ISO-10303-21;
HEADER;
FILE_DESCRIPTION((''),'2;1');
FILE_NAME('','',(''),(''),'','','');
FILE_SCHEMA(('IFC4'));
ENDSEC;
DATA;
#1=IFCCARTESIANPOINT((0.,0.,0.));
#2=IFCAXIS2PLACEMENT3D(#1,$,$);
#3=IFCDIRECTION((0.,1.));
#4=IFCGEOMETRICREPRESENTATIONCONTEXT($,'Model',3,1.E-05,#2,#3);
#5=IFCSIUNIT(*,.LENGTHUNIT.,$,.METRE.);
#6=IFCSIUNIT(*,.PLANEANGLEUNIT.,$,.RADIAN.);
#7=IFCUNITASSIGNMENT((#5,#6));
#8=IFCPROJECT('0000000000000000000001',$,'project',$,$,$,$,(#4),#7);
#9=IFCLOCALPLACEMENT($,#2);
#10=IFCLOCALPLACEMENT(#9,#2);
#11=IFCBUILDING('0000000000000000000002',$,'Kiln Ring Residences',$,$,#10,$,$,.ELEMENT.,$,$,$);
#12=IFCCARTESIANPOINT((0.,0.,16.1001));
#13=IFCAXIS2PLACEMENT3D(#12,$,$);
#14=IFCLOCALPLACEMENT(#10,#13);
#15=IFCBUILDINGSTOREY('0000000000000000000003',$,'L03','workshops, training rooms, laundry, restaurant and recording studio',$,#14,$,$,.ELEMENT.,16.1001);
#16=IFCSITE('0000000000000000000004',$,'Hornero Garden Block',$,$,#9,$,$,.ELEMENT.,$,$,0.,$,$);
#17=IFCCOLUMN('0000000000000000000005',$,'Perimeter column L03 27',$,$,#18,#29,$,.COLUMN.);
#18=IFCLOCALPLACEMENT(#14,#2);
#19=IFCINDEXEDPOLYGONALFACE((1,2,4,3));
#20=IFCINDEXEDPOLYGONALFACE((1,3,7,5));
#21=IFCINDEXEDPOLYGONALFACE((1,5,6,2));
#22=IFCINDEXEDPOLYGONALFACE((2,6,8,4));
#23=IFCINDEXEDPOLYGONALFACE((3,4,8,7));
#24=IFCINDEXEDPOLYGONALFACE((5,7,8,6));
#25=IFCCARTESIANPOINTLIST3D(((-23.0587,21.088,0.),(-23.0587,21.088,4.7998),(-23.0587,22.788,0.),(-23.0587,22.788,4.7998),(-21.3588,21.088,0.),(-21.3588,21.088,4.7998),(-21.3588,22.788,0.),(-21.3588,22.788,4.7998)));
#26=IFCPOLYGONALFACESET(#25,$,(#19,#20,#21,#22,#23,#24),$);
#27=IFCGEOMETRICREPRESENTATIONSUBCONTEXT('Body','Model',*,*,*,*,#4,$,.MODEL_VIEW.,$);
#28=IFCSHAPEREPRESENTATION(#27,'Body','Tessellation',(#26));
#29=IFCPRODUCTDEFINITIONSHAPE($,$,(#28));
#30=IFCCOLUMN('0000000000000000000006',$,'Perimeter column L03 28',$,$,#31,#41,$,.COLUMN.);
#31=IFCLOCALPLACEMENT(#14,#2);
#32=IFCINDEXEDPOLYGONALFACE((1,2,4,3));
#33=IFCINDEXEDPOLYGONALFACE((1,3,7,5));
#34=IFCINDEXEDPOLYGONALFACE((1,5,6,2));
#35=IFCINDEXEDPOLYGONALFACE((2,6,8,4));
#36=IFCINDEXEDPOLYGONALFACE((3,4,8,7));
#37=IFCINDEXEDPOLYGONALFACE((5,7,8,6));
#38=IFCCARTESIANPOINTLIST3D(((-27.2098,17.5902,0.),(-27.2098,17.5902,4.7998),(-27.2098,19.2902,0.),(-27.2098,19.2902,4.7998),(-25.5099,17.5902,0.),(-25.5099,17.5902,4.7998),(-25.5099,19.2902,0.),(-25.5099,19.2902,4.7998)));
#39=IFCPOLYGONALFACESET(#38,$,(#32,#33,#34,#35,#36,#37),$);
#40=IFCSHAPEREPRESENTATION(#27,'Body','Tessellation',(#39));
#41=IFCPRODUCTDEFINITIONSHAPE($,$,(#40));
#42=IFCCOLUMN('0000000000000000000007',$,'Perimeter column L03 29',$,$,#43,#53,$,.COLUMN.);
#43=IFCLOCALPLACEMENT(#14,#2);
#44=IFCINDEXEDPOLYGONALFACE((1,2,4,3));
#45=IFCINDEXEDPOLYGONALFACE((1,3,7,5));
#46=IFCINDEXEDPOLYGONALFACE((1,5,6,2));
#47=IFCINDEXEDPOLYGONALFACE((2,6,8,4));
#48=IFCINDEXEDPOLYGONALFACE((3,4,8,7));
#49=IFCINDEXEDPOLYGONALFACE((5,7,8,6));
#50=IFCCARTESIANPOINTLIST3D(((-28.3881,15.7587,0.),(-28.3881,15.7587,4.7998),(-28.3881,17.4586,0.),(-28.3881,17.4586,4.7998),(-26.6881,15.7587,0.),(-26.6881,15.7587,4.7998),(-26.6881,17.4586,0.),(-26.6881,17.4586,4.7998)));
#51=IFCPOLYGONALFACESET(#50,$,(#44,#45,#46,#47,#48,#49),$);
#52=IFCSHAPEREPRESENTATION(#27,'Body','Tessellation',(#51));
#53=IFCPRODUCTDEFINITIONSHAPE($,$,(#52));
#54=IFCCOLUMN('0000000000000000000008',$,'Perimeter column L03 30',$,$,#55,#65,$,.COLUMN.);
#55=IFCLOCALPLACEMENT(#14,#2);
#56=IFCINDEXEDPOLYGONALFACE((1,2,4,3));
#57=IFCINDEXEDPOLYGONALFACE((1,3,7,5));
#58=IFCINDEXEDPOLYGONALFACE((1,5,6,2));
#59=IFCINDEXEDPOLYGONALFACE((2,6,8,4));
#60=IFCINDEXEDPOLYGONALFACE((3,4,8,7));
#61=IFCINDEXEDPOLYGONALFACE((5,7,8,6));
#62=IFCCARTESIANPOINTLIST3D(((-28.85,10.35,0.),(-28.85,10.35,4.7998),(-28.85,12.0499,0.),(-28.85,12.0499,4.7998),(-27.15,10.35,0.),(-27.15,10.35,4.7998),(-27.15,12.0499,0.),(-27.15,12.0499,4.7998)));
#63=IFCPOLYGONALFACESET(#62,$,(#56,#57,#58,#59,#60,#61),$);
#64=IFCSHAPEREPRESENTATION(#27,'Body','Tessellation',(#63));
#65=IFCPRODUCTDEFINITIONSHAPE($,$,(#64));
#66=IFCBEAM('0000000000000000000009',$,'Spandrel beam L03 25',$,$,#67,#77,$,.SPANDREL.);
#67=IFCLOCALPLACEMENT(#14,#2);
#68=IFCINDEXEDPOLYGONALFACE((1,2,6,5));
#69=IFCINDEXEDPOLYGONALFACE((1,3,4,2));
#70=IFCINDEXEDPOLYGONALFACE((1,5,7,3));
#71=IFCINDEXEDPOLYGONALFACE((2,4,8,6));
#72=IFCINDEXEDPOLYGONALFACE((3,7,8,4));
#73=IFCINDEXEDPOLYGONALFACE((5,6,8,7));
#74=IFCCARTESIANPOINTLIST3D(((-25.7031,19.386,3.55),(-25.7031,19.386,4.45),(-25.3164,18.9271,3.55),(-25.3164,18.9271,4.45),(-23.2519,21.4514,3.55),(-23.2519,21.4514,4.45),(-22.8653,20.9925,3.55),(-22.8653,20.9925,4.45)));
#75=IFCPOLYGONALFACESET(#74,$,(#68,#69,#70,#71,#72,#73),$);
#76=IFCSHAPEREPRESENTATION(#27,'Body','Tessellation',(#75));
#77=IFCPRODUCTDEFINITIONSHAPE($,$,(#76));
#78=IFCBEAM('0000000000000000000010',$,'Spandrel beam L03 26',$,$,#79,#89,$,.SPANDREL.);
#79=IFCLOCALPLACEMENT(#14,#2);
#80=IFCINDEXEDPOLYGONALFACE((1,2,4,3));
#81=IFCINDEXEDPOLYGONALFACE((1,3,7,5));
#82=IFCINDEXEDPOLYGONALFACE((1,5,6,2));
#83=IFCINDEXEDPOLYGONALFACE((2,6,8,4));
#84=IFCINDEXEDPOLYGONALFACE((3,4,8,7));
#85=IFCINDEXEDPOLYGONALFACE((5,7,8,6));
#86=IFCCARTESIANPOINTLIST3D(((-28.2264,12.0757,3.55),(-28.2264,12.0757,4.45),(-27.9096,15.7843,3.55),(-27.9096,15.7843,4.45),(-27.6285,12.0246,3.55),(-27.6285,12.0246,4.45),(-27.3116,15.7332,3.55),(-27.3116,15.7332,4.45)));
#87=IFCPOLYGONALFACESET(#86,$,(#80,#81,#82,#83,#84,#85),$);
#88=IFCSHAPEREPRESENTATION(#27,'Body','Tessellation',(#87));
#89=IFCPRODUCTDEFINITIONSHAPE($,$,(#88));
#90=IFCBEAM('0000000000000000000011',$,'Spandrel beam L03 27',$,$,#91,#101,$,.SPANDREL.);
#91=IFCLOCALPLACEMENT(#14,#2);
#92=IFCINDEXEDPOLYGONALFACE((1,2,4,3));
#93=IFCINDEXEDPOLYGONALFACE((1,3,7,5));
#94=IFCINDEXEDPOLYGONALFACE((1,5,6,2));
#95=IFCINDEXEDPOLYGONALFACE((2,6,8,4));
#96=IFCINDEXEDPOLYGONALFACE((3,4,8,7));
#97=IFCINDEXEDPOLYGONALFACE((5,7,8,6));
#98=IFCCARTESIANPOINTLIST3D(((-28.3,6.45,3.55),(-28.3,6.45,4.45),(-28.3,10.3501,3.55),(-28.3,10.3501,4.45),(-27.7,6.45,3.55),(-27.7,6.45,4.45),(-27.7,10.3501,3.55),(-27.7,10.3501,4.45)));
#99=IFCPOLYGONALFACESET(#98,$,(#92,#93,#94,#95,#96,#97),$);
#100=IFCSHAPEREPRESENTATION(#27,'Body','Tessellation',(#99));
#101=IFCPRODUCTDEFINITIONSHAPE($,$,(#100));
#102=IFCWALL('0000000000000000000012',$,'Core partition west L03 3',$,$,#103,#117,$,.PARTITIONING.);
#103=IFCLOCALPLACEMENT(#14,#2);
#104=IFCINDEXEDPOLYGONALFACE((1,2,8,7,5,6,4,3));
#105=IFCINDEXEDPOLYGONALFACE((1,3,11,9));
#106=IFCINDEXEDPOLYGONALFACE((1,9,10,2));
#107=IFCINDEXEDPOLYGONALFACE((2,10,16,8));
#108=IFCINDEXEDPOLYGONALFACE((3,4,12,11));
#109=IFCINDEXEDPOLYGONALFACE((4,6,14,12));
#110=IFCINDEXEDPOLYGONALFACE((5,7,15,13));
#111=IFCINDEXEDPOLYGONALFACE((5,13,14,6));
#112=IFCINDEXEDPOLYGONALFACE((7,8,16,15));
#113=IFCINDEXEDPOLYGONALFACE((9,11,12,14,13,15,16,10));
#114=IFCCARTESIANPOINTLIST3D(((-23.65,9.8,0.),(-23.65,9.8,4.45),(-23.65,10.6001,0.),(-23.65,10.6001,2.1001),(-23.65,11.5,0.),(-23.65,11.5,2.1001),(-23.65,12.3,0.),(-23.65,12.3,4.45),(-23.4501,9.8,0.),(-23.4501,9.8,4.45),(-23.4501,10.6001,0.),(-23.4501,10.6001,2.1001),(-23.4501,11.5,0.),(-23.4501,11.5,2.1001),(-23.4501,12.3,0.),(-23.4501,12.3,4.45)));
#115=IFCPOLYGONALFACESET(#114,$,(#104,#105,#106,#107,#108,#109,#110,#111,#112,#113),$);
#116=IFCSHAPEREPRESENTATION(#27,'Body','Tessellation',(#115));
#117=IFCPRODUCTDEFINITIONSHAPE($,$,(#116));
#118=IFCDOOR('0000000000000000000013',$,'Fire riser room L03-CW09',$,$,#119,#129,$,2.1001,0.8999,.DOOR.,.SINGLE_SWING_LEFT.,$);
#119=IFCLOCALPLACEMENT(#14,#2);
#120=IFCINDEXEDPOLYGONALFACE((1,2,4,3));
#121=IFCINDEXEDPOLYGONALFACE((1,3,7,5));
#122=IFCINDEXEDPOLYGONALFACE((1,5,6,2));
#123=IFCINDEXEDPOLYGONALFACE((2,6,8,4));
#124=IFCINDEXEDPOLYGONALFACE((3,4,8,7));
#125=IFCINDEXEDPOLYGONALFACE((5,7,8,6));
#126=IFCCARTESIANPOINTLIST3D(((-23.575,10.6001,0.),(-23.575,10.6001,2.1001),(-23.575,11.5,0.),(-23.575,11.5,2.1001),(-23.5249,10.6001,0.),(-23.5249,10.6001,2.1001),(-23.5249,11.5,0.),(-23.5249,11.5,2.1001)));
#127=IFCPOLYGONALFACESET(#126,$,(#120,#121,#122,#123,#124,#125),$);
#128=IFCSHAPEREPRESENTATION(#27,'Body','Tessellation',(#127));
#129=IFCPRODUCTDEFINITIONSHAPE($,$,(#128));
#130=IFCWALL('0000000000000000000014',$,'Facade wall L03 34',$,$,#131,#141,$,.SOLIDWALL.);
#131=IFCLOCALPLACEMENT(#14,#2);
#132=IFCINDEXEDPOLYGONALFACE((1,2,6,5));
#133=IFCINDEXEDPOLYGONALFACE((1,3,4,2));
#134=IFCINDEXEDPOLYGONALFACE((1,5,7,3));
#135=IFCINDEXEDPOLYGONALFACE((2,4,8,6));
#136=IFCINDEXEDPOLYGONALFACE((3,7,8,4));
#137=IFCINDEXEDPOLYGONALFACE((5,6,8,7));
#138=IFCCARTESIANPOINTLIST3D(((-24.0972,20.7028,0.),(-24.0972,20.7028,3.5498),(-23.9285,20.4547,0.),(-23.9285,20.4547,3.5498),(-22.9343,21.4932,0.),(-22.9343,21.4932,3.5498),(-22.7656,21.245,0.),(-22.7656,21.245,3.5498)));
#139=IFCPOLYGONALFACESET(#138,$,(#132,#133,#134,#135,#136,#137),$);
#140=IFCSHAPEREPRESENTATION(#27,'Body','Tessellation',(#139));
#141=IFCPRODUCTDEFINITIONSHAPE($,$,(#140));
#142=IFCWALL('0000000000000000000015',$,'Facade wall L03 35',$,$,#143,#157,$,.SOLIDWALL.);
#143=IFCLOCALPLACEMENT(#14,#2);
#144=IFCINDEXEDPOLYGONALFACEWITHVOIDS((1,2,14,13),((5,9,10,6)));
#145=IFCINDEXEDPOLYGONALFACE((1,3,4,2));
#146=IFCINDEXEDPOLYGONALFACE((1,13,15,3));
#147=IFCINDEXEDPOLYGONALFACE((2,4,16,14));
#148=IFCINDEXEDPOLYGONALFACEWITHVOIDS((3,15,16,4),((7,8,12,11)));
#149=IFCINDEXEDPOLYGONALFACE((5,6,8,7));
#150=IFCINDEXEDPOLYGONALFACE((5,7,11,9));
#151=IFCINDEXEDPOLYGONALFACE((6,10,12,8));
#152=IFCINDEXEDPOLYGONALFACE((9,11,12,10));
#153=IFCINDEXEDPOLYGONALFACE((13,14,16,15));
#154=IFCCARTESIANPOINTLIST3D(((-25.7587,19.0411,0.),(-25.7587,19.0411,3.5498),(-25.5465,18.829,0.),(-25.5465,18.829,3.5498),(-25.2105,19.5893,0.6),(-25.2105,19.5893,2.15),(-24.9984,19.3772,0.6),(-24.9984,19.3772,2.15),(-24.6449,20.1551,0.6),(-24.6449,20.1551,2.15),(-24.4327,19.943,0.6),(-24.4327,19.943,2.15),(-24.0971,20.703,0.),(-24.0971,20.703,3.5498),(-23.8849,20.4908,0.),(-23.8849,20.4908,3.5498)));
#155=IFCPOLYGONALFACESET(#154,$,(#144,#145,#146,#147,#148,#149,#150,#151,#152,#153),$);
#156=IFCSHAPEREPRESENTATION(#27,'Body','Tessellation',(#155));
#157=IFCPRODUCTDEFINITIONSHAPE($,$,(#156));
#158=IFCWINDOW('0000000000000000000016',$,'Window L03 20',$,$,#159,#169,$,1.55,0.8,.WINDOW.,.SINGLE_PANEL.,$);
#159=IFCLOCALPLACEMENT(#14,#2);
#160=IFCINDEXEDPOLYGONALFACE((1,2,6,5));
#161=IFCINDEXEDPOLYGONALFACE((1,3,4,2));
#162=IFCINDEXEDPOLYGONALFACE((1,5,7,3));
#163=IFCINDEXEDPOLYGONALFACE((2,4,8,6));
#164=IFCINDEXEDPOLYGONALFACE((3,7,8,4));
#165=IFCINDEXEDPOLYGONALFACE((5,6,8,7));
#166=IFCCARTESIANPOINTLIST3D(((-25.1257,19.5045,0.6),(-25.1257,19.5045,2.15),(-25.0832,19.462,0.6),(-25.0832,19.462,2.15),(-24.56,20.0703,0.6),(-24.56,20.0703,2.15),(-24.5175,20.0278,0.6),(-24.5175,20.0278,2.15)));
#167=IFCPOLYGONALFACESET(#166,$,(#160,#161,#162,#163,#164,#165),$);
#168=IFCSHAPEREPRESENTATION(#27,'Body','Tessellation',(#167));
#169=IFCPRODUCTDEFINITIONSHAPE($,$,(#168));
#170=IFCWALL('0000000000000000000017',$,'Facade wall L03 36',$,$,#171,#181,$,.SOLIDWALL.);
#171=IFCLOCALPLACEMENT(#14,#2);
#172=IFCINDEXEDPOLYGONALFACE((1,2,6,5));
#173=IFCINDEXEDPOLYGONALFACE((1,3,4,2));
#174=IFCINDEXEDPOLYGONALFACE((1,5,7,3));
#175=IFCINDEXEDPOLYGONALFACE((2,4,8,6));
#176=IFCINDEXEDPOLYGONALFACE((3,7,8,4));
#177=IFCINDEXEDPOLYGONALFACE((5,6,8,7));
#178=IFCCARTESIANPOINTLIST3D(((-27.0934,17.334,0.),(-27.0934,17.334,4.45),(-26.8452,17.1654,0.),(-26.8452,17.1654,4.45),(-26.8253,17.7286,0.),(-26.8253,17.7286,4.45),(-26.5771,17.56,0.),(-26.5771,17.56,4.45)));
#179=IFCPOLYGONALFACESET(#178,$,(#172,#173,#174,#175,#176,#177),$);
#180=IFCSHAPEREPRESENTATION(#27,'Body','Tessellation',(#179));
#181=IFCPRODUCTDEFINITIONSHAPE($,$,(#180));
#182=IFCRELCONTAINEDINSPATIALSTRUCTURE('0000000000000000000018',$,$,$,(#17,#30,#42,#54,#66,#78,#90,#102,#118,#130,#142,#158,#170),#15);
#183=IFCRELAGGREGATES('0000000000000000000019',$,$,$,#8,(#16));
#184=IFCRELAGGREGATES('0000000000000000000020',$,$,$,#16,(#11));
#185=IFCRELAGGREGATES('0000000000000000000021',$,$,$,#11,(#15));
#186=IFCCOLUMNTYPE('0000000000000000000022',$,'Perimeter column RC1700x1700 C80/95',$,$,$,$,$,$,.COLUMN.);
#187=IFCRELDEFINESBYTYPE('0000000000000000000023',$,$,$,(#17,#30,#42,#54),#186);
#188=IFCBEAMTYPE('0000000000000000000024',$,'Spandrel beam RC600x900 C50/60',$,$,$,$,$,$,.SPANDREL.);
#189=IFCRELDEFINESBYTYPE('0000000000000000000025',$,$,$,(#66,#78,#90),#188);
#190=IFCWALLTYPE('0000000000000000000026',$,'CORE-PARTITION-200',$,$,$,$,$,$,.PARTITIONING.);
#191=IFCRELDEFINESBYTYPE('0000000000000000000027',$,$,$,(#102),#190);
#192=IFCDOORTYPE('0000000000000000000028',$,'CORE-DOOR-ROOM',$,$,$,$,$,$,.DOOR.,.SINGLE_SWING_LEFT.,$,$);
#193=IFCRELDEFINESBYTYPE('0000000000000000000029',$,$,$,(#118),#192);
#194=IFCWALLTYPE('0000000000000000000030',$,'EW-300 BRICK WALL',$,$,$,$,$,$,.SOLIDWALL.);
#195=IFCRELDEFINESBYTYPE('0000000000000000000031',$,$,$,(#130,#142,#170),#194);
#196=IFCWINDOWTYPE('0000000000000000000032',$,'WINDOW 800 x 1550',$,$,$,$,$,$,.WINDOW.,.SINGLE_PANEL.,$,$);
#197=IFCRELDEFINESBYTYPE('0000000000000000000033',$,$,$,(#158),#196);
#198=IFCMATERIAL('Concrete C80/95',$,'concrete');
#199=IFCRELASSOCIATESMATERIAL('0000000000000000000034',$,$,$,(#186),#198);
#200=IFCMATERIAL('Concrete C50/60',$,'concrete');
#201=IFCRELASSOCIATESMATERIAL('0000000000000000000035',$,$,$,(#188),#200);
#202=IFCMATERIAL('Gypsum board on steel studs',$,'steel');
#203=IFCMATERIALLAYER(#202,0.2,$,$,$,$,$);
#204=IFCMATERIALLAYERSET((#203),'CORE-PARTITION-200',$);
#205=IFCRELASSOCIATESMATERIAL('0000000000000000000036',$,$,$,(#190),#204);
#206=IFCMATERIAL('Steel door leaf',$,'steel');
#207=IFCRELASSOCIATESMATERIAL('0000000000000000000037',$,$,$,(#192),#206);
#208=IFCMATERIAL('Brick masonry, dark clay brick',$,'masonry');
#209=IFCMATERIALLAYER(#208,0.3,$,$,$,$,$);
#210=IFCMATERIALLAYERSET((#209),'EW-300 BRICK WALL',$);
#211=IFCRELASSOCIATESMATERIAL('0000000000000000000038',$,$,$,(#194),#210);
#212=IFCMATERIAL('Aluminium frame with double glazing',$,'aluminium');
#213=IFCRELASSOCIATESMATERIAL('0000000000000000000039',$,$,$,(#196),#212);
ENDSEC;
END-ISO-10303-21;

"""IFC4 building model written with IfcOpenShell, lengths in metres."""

from ifc_helpers import new_model, si_unit, direction, frame, frame_2d, origin, origin_2d, place, context, subcontext, project, spatial, rectangle, extrude, material, layer, layer_set, material_profile, profile_set, type_object, element, fill, save


model = new_model("IFC4")

# Units and contexts
model_context = context("Model", 3, precision=1e-05, world=origin(), true_north=direction((0.0, 1.0)))
body_context = subcontext(model_context, "Body", "Model", "MODEL_VIEW")
ifc_project = project(units=[si_unit("LENGTHUNIT", "METRE"), si_unit("PLANEANGLEUNIT", "RADIAN")], contexts=[model_context])

# Site, building, storey
site_placement = place(None, origin())
site = spatial("IfcSite", under=ifc_project, at=site_placement, Name="Hornero Garden Block", CompositionType="ELEMENT", RefElevation=0.0)
building_placement = place(site_placement, origin())
building = spatial("IfcBuilding", under=site, at=building_placement, Name="Kiln Ring Residences", CompositionType="ELEMENT")
storey_placement = place(building_placement, frame((0.0, 0.0, 16.1001)))
storey = spatial("IfcBuildingStorey", under=building, at=storey_placement, Name="L03", Description="workshops, training rooms, laundry, restaurant and recording studio", CompositionType="ELEMENT", Elevation=16.1001)

# Columns
ifc_material_1 = material(Name="Concrete C80/95", Category="concrete")
ifc_material_profile_1 = material_profile(ifc_material_1, rectangle(XDim=1.7, YDim=1.7, at=origin_2d()), Name="RC1700x1700")
ifc_profile_set_1 = profile_set([ifc_material_profile_1], Name="Concrete C80/95")
column_type = type_object("IfcColumnType", Name="Perimeter column RC1700x1700 C80/95", PredefinedType="COLUMN", material=ifc_profile_set_1)
for number, where, z_axis, x_axis, name in (
    (1, (-22.2087, 21.938, 0.0), (0.0, 0.0, 1.0), (1.0, 0.0, 0.0), "Perimeter column L03 27"),
    (2, (-26.3599, 18.4402, 0.0), (0.0, 0.0, 1.0), (1.0, 0.0, 0.0), "Perimeter column L03 28"),
    (3, (-27.5381, 16.6086, 0.0), (0.0, 0.0, 1.0), (1.0, 0.0, 0.0), "Perimeter column L03 29"),
    (4, (-28.0, 11.2, 0.0), (0.0, 0.0, 1.0), (1.0, 0.0, 0.0), "Perimeter column L03 30"),
):
    element("IfcColumn", number, at=place(storey_placement, frame(where, z_axis=z_axis, x_axis=x_axis)), inside=storey, type_object=column_type, Name=name, PredefinedType="COLUMN", context=body_context, shape_type="SweptSolid", body=[
        extrude(rectangle(XDim=1.7, YDim=1.7, at=origin_2d()), origin(), (0.0, 0.0, 1.0), 4.7998),
    ])

# Beams
ifc_material_2 = material(Name="Concrete C50/60", Category="concrete")
ifc_material_profile_2 = material_profile(ifc_material_2, rectangle(XDim=0.6001, YDim=0.8999, at=origin_2d()), Name="RC600x900")
ifc_profile_set_2 = profile_set([ifc_material_profile_2], Name="Concrete C50/60")
beam_type = type_object("IfcBeamType", Name="Spandrel beam RC600x900 C50/60", PredefinedType="SPANDREL", material=ifc_profile_set_2)
beam_1_placement = place(storey_placement, frame((-23.0586, 21.2219, 4.0), z_axis=(-0.764714, -0.64437, 0.0), x_axis=(0.64437, -0.764714, 0.0)))
element("IfcBeam", 5, at=beam_1_placement, inside=storey, type_object=beam_type, Name="Spandrel beam L03 25", PredefinedType="SPANDREL", context=body_context, shape_type="SweptSolid", body=[
    extrude(rectangle(XDim=0.6001, YDim=0.8999, at=origin_2d()), origin(), (0.0, 0.0, 1.0), 3.2053),
])
beam_2_placement = place(storey_placement, frame((-27.6106, 15.7588, 4.0), z_axis=(-0.085135, -0.996369, 0.0), x_axis=(0.996369, -0.085135, 0.0)))
element("IfcBeam", 6, at=beam_2_placement, inside=storey, type_object=beam_type, Name="Spandrel beam L03 26", PredefinedType="SPANDREL", context=body_context, shape_type="SweptSolid", body=[
    extrude(rectangle(XDim=0.6001, YDim=0.8999, at=origin_2d()), origin(), (0.0, 0.0, 1.0), 3.7222),
])
beam_3_placement = place(storey_placement, frame((-28.0, 10.3501, 4.0), z_axis=(0.0, -1.0, 0.0), x_axis=(1.0, 0.0, 0.0)))
element("IfcBeam", 7, at=beam_3_placement, inside=storey, type_object=beam_type, Name="Spandrel beam L03 27", PredefinedType="SPANDREL", context=body_context, shape_type="SweptSolid", body=[
    extrude(rectangle(XDim=0.6001, YDim=0.8999, at=origin_2d()), origin(), (0.0, 0.0, 1.0), 3.9001),
])

# Wall, opening, door
ifc_material_3 = material(Name="Gypsum board on steel studs", Category="steel")
ifc_layer_1 = layer(ifc_material_3, 0.2)
ifc_layer_set_1 = layer_set([ifc_layer_1], Name="CORE-PARTITION-200")
wall_type_1 = type_object("IfcWallType", Name="CORE-PARTITION-200", PredefinedType="PARTITIONING", material=ifc_layer_set_1)
wall_1_placement = place(storey_placement, frame((-23.55, 9.8, 0.0), z_axis=(0.0, 0.0, 1.0), x_axis=(0.0, 1.0, 0.0)))
wall_1 = element("IfcWall", 8, at=wall_1_placement, inside=storey, type_object=wall_type_1, Name="Core partition west L03 3", PredefinedType="PARTITIONING", context=body_context, shape_type="SweptSolid", body=[
    extrude(rectangle(XDim=2.5, YDim=0.2, at=frame_2d((1.25, 0.0))), origin(), (0.0, 0.0, 1.0), 4.45),
])
opening_1_placement = place(wall_1_placement, frame((0.8, 0.0, 0.0)))
opening_1 = element("IfcOpeningElement", 9, at=opening_1_placement, cuts=wall_1, PredefinedType="OPENING", context=body_context, shape_type="SweptSolid", body=[
    extrude(rectangle(XDim=0.8999, YDim=2.1001, at=frame_2d((0.45, 1.05))), frame((0.0, 0.1099, 0.0), z_axis=(0.0, -1.0, 0.0), x_axis=(1.0, 0.0, 0.0)), (0.0, 0.0, 1.0), 0.22),
])
ifc_material_4 = material(Name="Steel door leaf", Category="steel")
door_type_1 = type_object("IfcDoorType", Name="CORE-DOOR-ROOM", OperationType="SINGLE_SWING_LEFT", PredefinedType="DOOR", material=ifc_material_4)
door_1_placement = place(opening_1_placement, origin())
door_1 = element("IfcDoor", 10, at=door_1_placement, inside=storey, type_object=door_type_1, Name="Fire riser room L03-CW09", OperationType="SINGLE_SWING_LEFT", OverallHeight=2.1001, OverallWidth=0.8999, PredefinedType="DOOR", context=body_context, shape_type="SweptSolid", body=[
    extrude(rectangle(XDim=0.8999, YDim=2.1001, at=frame_2d((0.45, 1.05))), frame((0.0, 0.0249, 0.0), z_axis=(0.0, -1.0, 0.0), x_axis=(1.0, 0.0, 0.0)), (0.0, 0.0, 1.0), 0.05),
])
fill(opening_1, door_1)

# Wall
ifc_material_5 = material(Name="Brick masonry, dark clay brick", Category="masonry")
ifc_layer_2 = layer(ifc_material_5, 0.3)
ifc_layer_set_2 = layer_set([ifc_layer_2], Name="EW-300 BRICK WALL")
wall_type_2 = type_object("IfcWallType", Name="EW-300 BRICK WALL", PredefinedType="SOLIDWALL", material=ifc_layer_set_2)
wall_2_placement = place(storey_placement, frame((-22.8499, 21.3691, 0.0), z_axis=(0.0, 0.0, 1.0), x_axis=(-0.827075, -0.562092, 0.0)))
element("IfcWall", 11, at=wall_2_placement, inside=storey, type_object=wall_type_2, Name="Facade wall L03 34", PredefinedType="SOLIDWALL", context=body_context, shape_type="SweptSolid", body=[
    extrude(rectangle(XDim=1.406, YDim=0.3, at=frame_2d((0.7031, 0.0))), origin(), (0.0, 0.0, 1.0), 3.5498),
])

# Wall, opening, window
wall_3_placement = place(storey_placement, frame((-23.991, 20.5969, 0.0), z_axis=(0.0, 0.0, 1.0), x_axis=(-0.707055, -0.707159, 0.0)))
wall_3 = element("IfcWall", 12, at=wall_3_placement, inside=storey, type_object=wall_type_2, Name="Facade wall L03 35", PredefinedType="SOLIDWALL", context=body_context, shape_type="SweptSolid", body=[
    extrude(rectangle(XDim=2.3501, YDim=0.3, at=frame_2d((1.175, 0.0))), origin(), (0.0, 0.0, 1.0), 3.5498),
])
opening_2_placement = place(wall_3_placement, frame((0.7749, 0.0, 0.6001)))
opening_2 = element("IfcOpeningElement", 13, at=opening_2_placement, cuts=wall_3, PredefinedType="OPENING", context=body_context, shape_type="SweptSolid", body=[
    extrude(rectangle(XDim=0.8, YDim=1.55, at=frame_2d((0.3999, 0.7749))), frame((0.0, 0.1599, 0.0), z_axis=(0.0, -1.0, 0.0), x_axis=(1.0, 0.0, 0.0)), (0.0, 0.0, 1.0), 0.3201),
])
ifc_material_6 = material(Name="Aluminium frame with double glazing", Category="aluminium")
window_type = type_object("IfcWindowType", Name="WINDOW 800 x 1550", PartitioningType="SINGLE_PANEL", PredefinedType="WINDOW", material=ifc_material_6)
window_placement = place(opening_2_placement, origin())
window = element("IfcWindow", 14, at=window_placement, inside=storey, type_object=window_type, Name="Window L03 20", OverallHeight=1.55, OverallWidth=0.8, PartitioningType="SINGLE_PANEL", PredefinedType="WINDOW", context=body_context, shape_type="SweptSolid", body=[
    extrude(rectangle(XDim=0.8, YDim=1.55, at=frame_2d((0.3999, 0.7749))), frame((0.0, 0.03, 0.0), z_axis=(0.0, -1.0, 0.0), x_axis=(1.0, 0.0, 0.0)), (0.0, 0.0, 1.0), 0.0601),
])
fill(opening_2, window)

# Wall
wall_4_placement = place(storey_placement, frame((-26.7012, 17.6443, 0.0), z_axis=(0.0, 0.0, 1.0), x_axis=(-0.562002, -0.827136, 0.0)))
element("IfcWall", 15, at=wall_4_placement, inside=storey, type_object=wall_type_2, Name="Facade wall L03 36", PredefinedType="SOLIDWALL", context=body_context, shape_type="SweptSolid", body=[
    extrude(rectangle(XDim=0.4771, YDim=0.3, at=frame_2d((0.2385, 0.0))), origin(), (0.0, 0.0, 1.0), 4.45),
])

save(model, "model.ifc")
